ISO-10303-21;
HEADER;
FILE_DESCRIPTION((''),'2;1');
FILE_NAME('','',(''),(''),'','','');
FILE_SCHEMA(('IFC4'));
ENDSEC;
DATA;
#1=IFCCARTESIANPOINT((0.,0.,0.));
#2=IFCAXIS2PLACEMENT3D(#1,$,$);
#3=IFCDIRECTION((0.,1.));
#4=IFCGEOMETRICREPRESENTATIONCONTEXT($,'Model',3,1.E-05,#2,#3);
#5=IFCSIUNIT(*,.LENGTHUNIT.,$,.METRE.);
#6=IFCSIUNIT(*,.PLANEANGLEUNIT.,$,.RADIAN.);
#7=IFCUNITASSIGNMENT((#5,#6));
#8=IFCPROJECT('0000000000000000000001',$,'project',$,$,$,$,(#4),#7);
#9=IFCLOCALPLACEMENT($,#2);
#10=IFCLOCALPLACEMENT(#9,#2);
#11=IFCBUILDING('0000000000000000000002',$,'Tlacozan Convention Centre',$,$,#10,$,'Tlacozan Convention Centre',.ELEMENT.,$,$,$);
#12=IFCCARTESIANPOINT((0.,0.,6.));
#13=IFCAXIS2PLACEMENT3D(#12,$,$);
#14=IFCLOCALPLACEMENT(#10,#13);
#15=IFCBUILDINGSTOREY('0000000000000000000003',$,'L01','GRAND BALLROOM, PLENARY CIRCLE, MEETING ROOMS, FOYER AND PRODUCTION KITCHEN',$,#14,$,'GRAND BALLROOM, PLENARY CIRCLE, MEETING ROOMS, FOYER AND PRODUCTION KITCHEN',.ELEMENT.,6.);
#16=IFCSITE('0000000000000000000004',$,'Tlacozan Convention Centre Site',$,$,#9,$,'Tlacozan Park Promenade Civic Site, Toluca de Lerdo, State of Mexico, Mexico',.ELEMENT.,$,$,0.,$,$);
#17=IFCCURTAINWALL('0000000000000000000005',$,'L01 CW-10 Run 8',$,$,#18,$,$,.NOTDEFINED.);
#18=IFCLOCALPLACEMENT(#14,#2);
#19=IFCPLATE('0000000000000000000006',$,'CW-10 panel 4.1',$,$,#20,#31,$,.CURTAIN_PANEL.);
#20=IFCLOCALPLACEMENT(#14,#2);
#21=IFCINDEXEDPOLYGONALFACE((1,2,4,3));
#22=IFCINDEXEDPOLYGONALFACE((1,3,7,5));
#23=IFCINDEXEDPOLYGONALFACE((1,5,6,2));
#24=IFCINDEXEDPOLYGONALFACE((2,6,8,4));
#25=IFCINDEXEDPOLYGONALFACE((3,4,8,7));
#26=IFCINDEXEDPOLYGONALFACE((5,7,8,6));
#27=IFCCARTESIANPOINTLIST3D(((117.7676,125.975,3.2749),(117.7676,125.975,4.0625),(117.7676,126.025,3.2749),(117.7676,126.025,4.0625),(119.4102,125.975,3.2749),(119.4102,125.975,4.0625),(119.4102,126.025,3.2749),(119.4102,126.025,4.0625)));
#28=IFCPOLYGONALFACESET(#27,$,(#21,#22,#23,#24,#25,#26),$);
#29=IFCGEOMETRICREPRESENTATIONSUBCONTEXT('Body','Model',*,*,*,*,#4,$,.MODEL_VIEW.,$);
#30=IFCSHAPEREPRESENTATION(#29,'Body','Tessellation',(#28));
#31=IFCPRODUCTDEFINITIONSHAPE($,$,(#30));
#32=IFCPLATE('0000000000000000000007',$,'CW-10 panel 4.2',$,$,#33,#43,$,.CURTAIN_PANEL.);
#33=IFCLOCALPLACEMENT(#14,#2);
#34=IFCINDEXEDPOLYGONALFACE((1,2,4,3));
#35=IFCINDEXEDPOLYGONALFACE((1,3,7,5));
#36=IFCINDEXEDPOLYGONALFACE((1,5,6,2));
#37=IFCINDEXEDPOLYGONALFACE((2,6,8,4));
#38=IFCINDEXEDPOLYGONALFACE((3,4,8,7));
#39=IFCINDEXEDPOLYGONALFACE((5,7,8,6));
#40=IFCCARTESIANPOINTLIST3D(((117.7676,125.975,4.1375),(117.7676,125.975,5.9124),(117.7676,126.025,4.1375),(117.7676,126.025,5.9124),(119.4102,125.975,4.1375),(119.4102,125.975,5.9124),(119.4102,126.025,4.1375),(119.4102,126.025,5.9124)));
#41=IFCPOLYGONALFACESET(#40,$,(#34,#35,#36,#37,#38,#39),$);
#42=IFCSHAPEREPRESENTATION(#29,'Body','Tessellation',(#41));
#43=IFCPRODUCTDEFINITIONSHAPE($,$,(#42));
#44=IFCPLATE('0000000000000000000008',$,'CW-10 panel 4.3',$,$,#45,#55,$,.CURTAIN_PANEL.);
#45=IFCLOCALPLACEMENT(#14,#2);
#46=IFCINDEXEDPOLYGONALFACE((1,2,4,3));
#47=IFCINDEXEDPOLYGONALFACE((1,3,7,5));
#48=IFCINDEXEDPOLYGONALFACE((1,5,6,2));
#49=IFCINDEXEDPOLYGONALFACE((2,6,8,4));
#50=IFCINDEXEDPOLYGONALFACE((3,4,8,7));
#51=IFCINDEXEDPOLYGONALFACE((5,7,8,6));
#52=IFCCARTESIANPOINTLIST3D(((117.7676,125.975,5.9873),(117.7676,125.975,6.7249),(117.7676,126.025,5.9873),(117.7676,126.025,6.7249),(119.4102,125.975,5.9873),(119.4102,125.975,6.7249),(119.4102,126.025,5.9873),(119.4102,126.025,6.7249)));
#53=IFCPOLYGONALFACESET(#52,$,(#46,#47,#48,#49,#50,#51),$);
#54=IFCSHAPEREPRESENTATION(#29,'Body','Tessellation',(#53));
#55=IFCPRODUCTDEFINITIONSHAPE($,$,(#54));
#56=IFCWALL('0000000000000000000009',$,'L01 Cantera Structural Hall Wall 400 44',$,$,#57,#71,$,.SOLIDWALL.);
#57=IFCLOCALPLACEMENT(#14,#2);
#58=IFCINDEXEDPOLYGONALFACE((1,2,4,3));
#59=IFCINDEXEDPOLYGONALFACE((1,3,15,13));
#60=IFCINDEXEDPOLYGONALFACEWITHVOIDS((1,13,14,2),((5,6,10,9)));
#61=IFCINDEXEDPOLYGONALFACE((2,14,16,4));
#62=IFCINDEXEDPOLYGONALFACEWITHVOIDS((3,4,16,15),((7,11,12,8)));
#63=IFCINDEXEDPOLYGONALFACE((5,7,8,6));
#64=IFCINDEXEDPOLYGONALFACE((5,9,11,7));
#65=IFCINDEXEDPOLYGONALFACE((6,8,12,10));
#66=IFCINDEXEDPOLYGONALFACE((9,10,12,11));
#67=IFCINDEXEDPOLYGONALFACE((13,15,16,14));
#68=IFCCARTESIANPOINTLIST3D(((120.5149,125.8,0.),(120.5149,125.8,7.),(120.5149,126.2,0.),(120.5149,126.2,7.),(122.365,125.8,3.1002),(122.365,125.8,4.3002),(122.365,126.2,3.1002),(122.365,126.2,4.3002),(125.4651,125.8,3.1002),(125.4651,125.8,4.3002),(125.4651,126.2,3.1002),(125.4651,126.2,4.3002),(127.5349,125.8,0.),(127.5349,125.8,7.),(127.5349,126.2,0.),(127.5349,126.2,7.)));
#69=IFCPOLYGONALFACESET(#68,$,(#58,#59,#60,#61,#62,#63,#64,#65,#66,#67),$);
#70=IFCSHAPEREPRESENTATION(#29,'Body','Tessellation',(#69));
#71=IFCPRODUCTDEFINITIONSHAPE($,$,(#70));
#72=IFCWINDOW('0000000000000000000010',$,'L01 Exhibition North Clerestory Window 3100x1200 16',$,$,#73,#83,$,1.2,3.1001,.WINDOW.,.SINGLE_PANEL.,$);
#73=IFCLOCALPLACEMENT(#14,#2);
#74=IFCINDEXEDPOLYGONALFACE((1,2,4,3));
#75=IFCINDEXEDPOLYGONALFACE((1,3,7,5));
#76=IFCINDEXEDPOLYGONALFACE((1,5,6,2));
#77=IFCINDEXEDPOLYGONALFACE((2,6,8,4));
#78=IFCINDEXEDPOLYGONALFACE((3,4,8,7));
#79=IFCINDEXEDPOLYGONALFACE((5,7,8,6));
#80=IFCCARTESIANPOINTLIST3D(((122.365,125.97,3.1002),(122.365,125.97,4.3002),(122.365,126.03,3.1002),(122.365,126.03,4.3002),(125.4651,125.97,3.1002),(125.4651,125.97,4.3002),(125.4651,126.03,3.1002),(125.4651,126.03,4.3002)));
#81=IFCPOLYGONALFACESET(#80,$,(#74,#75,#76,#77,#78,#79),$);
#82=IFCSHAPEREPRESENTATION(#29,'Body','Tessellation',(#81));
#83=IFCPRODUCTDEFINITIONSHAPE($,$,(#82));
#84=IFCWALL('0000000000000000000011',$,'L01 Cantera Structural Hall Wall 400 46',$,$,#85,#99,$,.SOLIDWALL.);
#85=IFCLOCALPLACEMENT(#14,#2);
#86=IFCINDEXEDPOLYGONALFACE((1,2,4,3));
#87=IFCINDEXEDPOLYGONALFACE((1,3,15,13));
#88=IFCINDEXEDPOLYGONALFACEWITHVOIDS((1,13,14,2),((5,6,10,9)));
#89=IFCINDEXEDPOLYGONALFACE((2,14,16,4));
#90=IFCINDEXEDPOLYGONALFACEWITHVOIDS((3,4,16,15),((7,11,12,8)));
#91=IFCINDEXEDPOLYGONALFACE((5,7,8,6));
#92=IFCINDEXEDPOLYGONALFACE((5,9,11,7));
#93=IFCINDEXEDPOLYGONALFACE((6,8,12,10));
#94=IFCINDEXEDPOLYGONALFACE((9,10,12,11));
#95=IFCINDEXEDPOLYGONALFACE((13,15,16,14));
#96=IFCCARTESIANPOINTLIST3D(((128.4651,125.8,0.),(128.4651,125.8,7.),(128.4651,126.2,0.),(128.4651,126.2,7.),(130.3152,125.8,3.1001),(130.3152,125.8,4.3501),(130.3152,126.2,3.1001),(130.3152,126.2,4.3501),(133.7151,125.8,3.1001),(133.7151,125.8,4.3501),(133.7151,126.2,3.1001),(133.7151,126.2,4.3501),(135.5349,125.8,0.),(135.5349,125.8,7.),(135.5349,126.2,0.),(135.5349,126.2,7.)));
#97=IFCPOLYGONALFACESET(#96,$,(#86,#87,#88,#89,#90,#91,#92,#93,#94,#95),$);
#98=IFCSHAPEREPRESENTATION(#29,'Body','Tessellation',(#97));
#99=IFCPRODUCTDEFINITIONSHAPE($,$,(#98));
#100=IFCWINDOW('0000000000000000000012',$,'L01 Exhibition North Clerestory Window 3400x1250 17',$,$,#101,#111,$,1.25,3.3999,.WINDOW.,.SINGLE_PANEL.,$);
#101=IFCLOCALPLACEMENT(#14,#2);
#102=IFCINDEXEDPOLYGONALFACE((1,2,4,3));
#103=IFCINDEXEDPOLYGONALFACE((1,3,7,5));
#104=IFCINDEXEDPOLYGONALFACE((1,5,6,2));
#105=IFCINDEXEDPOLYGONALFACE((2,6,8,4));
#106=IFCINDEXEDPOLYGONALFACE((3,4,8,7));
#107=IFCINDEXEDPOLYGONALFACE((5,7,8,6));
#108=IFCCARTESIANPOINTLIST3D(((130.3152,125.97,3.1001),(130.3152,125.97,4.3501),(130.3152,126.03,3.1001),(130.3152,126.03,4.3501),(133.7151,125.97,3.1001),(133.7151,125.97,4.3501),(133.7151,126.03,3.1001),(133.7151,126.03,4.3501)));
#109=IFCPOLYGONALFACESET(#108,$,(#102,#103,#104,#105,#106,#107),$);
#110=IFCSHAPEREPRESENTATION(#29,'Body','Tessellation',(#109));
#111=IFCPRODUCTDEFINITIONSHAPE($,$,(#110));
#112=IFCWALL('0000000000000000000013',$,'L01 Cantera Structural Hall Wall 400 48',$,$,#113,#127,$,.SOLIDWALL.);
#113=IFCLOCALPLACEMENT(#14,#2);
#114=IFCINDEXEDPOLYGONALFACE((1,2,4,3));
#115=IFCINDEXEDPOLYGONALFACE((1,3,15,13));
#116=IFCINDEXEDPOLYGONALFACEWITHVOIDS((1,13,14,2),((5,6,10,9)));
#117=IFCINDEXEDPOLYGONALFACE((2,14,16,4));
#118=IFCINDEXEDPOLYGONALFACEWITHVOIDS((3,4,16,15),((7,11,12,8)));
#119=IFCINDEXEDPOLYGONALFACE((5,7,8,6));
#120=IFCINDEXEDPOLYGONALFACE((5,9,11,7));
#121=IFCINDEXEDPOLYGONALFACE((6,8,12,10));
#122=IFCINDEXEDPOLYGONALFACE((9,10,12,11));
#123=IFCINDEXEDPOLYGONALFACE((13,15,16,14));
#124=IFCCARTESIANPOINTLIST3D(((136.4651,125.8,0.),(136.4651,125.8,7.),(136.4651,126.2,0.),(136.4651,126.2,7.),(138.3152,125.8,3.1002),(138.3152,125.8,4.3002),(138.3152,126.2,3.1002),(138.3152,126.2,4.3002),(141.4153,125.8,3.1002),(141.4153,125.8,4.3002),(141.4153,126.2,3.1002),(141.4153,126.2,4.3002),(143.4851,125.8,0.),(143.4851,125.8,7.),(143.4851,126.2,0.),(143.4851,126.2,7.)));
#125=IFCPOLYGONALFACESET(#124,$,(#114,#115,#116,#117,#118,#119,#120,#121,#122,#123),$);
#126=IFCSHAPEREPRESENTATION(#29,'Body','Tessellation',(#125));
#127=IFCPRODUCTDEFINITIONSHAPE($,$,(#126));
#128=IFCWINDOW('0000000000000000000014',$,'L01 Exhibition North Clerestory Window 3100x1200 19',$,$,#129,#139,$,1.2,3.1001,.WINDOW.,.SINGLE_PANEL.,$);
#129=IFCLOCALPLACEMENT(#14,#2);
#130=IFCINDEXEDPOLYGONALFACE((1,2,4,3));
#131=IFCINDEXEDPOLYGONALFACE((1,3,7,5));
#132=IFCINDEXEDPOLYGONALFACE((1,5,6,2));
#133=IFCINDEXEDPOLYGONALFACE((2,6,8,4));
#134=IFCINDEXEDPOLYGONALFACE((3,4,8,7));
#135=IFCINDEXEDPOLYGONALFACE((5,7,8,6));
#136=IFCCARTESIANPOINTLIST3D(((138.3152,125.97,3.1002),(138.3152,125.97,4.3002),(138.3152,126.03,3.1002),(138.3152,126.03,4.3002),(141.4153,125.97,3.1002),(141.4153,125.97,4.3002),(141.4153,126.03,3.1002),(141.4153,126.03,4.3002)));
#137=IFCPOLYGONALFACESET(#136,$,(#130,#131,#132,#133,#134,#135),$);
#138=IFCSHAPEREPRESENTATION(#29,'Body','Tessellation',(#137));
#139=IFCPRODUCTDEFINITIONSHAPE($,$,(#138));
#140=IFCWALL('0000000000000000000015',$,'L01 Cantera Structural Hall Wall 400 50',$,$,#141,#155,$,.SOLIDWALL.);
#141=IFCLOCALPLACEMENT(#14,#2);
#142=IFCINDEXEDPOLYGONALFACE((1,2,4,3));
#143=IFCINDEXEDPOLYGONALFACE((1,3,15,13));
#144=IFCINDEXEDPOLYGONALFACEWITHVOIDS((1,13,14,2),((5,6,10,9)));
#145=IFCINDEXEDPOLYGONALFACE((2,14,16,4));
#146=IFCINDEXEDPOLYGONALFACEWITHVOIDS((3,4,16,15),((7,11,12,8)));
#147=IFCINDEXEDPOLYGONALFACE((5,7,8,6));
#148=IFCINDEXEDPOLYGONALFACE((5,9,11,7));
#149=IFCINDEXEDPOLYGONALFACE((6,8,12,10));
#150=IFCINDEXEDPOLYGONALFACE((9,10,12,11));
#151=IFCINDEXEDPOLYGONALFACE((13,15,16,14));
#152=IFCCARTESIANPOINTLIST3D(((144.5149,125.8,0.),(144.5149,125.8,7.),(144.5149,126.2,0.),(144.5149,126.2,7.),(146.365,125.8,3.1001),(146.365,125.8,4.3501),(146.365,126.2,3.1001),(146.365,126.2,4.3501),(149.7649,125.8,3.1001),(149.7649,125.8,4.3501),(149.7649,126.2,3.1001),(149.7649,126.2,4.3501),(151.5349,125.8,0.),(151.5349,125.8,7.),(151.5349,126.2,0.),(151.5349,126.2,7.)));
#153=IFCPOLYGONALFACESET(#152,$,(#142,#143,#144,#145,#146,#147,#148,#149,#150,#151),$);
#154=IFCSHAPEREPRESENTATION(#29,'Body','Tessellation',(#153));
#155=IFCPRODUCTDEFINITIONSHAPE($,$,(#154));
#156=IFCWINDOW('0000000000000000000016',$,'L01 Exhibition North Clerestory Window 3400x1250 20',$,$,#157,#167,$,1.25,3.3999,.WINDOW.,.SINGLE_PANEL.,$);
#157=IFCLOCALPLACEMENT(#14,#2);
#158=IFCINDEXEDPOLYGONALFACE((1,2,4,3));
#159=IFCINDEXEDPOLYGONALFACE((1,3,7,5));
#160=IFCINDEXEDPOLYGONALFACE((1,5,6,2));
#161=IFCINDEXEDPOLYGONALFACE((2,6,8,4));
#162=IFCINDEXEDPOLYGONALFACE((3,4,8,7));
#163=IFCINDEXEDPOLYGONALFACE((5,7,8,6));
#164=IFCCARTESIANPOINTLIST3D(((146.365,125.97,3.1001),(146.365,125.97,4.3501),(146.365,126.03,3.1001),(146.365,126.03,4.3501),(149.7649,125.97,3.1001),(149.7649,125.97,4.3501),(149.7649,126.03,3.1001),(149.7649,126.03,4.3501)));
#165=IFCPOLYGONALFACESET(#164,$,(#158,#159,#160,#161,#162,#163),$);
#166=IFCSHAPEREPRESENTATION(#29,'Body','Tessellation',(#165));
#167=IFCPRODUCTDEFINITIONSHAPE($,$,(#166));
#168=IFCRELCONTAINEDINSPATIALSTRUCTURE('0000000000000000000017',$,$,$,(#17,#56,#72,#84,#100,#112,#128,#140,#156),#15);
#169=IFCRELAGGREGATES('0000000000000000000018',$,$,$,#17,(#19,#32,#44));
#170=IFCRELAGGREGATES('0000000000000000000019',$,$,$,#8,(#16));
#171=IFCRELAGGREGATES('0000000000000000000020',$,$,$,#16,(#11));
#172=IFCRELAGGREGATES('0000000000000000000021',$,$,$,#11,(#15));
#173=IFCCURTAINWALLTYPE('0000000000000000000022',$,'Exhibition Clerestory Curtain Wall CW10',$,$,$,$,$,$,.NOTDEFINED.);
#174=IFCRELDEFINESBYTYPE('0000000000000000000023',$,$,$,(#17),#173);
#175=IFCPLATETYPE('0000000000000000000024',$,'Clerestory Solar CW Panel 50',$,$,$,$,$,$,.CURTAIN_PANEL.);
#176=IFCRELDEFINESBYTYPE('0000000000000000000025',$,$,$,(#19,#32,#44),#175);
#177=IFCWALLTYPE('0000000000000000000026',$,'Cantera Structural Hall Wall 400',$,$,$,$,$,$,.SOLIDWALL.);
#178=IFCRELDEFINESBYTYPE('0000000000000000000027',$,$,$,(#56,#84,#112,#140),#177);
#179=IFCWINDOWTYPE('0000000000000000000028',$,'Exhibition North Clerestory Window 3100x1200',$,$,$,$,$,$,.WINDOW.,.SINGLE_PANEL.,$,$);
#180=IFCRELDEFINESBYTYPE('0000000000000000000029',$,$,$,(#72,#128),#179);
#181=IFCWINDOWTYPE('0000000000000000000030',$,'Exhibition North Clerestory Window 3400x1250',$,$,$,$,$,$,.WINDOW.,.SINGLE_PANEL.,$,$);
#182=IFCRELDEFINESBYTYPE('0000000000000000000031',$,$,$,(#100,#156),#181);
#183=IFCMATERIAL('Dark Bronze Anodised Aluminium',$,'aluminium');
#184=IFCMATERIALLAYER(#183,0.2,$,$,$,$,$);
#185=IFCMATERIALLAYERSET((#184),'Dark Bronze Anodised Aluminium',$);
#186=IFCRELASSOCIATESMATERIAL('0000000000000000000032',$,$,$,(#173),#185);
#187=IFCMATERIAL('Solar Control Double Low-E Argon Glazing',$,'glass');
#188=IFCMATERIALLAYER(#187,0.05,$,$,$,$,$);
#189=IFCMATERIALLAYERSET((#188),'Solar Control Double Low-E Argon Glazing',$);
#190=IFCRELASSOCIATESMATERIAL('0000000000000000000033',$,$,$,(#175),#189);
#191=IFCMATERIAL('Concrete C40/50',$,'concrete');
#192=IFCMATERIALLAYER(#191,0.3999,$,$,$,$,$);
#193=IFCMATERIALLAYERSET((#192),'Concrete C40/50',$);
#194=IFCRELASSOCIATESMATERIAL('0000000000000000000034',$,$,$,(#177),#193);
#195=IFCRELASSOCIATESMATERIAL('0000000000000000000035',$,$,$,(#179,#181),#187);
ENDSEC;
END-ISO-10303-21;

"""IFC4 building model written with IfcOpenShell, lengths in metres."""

from ifc_helpers import new_model, si_unit, direction, frame, frame_2d, origin, origin_2d, place, context, subcontext, project, spatial, rectangle, extrude, material, layer, layer_set, type_object, element, fill, aggregate, save


model = new_model("IFC4")

# Units and contexts
model_context = context("Model", 3, precision=1e-05, world=origin(), true_north=direction((0.0, 1.0)))
body_context = subcontext(model_context, "Body", "Model", "MODEL_VIEW")
ifc_project = project(units=[si_unit("LENGTHUNIT", "METRE"), si_unit("PLANEANGLEUNIT", "RADIAN")], contexts=[model_context])

# Site, building, storey
site_placement = place(None, origin())
site = spatial("IfcSite", under=ifc_project, at=site_placement, Name="Tlacozan Convention Centre Site", LongName="Tlacozan Park Promenade Civic Site, Toluca de Lerdo, State of Mexico, Mexico", CompositionType="ELEMENT", RefElevation=0.0)
building_placement = place(site_placement, origin())
building = spatial("IfcBuilding", under=site, at=building_placement, Name="Tlacozan Convention Centre", LongName="Tlacozan Convention Centre", CompositionType="ELEMENT")
storey_placement = place(building_placement, frame((0.0, 0.0, 6.0)))
storey = spatial("IfcBuildingStorey", under=building, at=storey_placement, Name="L01", Description="GRAND BALLROOM, PLENARY CIRCLE, MEETING ROOMS, FOYER AND PRODUCTION KITCHEN", LongName="GRAND BALLROOM, PLENARY CIRCLE, MEETING ROOMS, FOYER AND PRODUCTION KITCHEN", CompositionType="ELEMENT", Elevation=6.0)

# Shared definitions
ifc_material_1 = material(Name="Concrete C40/50", Category="concrete")

# Curtain wall, plates
ifc_material_2 = material(Name="Dark Bronze Anodised Aluminium", Category="aluminium")
ifc_layer_1 = layer(ifc_material_2, 0.2)
ifc_layer_set_1 = layer_set([ifc_layer_1], Name="Dark Bronze Anodised Aluminium")
curtain_wall_type = type_object("IfcCurtainWallType", Name="Exhibition Clerestory Curtain Wall CW10", PredefinedType="NOTDEFINED", material=ifc_layer_set_1)
curtain_wall_placement = place(storey_placement, origin())
curtain_wall = element("IfcCurtainWall", 1, at=curtain_wall_placement, inside=storey, type_object=curtain_wall_type, Name="L01 CW-10 Run 8", PredefinedType="NOTDEFINED")
ifc_material_3 = material(Name="Solar Control Double Low-E Argon Glazing", Category="glass")
ifc_layer_2 = layer(ifc_material_3, 0.05)
ifc_layer_set_2 = layer_set([ifc_layer_2], Name="Solar Control Double Low-E Argon Glazing")
plate_type = type_object("IfcPlateType", Name="Clerestory Solar CW Panel 50", PredefinedType="CURTAIN_PANEL", material=ifc_layer_set_2)
plate_1_placement = place(storey_placement, frame((118.5889, 126.0, 3.2749), z_axis=(0.0, 0.0, 1.0), x_axis=(1.0, 0.0, 0.0)))
plate_1 = element("IfcPlate", 2, at=plate_1_placement, type_object=plate_type, Name="CW-10 panel 4.1", PredefinedType="CURTAIN_PANEL", context=body_context, shape_type="SweptSolid", body=[
    extrude(rectangle(XDim=1.6426, YDim=0.05, at=origin_2d()), origin(), (0.0, 0.0, 1.0), 0.7876),
])
plate_2_placement = place(storey_placement, frame((118.5889, 126.0, 4.1375), z_axis=(0.0, 0.0, 1.0), x_axis=(1.0, 0.0, 0.0)))
plate_2 = element("IfcPlate", 3, at=plate_2_placement, type_object=plate_type, Name="CW-10 panel 4.2", PredefinedType="CURTAIN_PANEL", context=body_context, shape_type="SweptSolid", body=[
    extrude(rectangle(XDim=1.6426, YDim=0.05, at=origin_2d()), origin(), (0.0, 0.0, 1.0), 1.7749),
])
plate_3_placement = place(storey_placement, frame((118.5889, 126.0, 5.9873), z_axis=(0.0, 0.0, 1.0), x_axis=(1.0, 0.0, 0.0)))
plate_3 = element("IfcPlate", 4, at=plate_3_placement, type_object=plate_type, Name="CW-10 panel 4.3", PredefinedType="CURTAIN_PANEL", context=body_context, shape_type="SweptSolid", body=[
    extrude(rectangle(XDim=1.6426, YDim=0.05, at=origin_2d()), origin(), (0.0, 0.0, 1.0), 0.7375),
])
aggregate(curtain_wall, [plate_1, plate_2, plate_3])

# Walls, openings, windows
ifc_layer_3 = layer(ifc_material_1, 0.3999)
ifc_layer_set_3 = layer_set([ifc_layer_3], Name="Concrete C40/50")
wall_type = type_object("IfcWallType", Name="Cantera Structural Hall Wall 400", PredefinedType="SOLIDWALL", material=ifc_layer_set_3)
wall_1_placement = place(storey_placement, frame((120.5149, 126.0, 0.0), z_axis=(0.0, 0.0, 1.0), x_axis=(1.0, 0.0, 0.0)))
wall_1 = element("IfcWall", 5, at=wall_1_placement, inside=storey, type_object=wall_type, Name="L01 Cantera Structural Hall Wall 400 44", PredefinedType="SOLIDWALL", context=body_context, shape_type="SweptSolid", body=[
    extrude(rectangle(XDim=7.02, YDim=0.3999, at=frame_2d((3.51, 0.0))), origin(), (0.0, 0.0, 1.0), 7.0),
])
opening_1_placement = place(wall_1_placement, frame((1.8501, 0.0, 3.1001)))
opening_1 = element("IfcOpeningElement", 6, at=opening_1_placement, cuts=wall_1, PredefinedType="OPENING", context=body_context, shape_type="SweptSolid", body=[
    extrude(rectangle(XDim=3.1001, YDim=1.2, at=frame_2d((1.55, 0.6001))), frame((0.0, 0.21, 0.0), z_axis=(0.0, -1.0, 0.0), x_axis=(1.0, 0.0, 0.0)), (0.0, 0.0, 1.0), 0.4199),
])
window_type_1 = type_object("IfcWindowType", Name="Exhibition North Clerestory Window 3100x1200", PartitioningType="SINGLE_PANEL", PredefinedType="WINDOW", material=ifc_material_3)
window_1_placement = place(opening_1_placement, origin())
window_1 = element("IfcWindow", 7, at=window_1_placement, inside=storey, type_object=window_type_1, Name="L01 Exhibition North Clerestory Window 3100x1200 16", OverallHeight=1.2, OverallWidth=3.1001, PartitioningType="SINGLE_PANEL", PredefinedType="WINDOW", context=body_context, shape_type="SweptSolid", body=[
    extrude(rectangle(XDim=3.1001, YDim=1.2, at=frame_2d((1.55, 0.6001))), frame((0.0, 0.03, 0.0), z_axis=(0.0, -1.0, 0.0), x_axis=(1.0, 0.0, 0.0)), (0.0, 0.0, 1.0), 0.0601),
])
fill(opening_1, window_1)
wall_2_placement = place(storey_placement, frame((128.4651, 126.0, 0.0), z_axis=(0.0, 0.0, 1.0), x_axis=(1.0, 0.0, 0.0)))
wall_2 = element("IfcWall", 8, at=wall_2_placement, inside=storey, type_object=wall_type, Name="L01 Cantera Structural Hall Wall 400 46", PredefinedType="SOLIDWALL", context=body_context, shape_type="SweptSolid", body=[
    extrude(rectangle(XDim=7.0698, YDim=0.3999, at=frame_2d((3.5349, 0.0))), origin(), (0.0, 0.0, 1.0), 7.0),
])
opening_2_placement = place(wall_2_placement, frame((1.8501, 0.0, 3.1001)))
opening_2 = element("IfcOpeningElement", 9, at=opening_2_placement, cuts=wall_2, PredefinedType="OPENING", context=body_context, shape_type="SweptSolid", body=[
    extrude(rectangle(XDim=3.3999, YDim=1.25, at=frame_2d((1.7, 0.625))), frame((0.0, 0.21, 0.0), z_axis=(0.0, -1.0, 0.0), x_axis=(1.0, 0.0, 0.0)), (0.0, 0.0, 1.0), 0.4199),
])
window_type_2 = type_object("IfcWindowType", Name="Exhibition North Clerestory Window 3400x1250", PartitioningType="SINGLE_PANEL", PredefinedType="WINDOW", material=ifc_material_3)
window_2_placement = place(opening_2_placement, origin())
window_2 = element("IfcWindow", 10, at=window_2_placement, inside=storey, type_object=window_type_2, Name="L01 Exhibition North Clerestory Window 3400x1250 17", OverallHeight=1.25, OverallWidth=3.3999, PartitioningType="SINGLE_PANEL", PredefinedType="WINDOW", context=body_context, shape_type="SweptSolid", body=[
    extrude(rectangle(XDim=3.3999, YDim=1.25, at=frame_2d((1.7, 0.625))), frame((0.0, 0.03, 0.0), z_axis=(0.0, -1.0, 0.0), x_axis=(1.0, 0.0, 0.0)), (0.0, 0.0, 1.0), 0.0601),
])
fill(opening_2, window_2)
wall_3_placement = place(storey_placement, frame((136.4651, 126.0, 0.0), z_axis=(0.0, 0.0, 1.0), x_axis=(1.0, 0.0, 0.0)))
wall_3 = element("IfcWall", 11, at=wall_3_placement, inside=storey, type_object=wall_type, Name="L01 Cantera Structural Hall Wall 400 48", PredefinedType="SOLIDWALL", context=body_context, shape_type="SweptSolid", body=[
    extrude(rectangle(XDim=7.02, YDim=0.3999, at=frame_2d((3.51, 0.0))), origin(), (0.0, 0.0, 1.0), 7.0),
])
opening_3_placement = place(wall_3_placement, frame((1.8501, 0.0, 3.1001)))
opening_3 = element("IfcOpeningElement", 12, at=opening_3_placement, cuts=wall_3, PredefinedType="OPENING", context=body_context, shape_type="SweptSolid", body=[
    extrude(rectangle(XDim=3.1001, YDim=1.2, at=frame_2d((1.55, 0.6001))), frame((0.0, 0.21, 0.0), z_axis=(0.0, -1.0, 0.0), x_axis=(1.0, 0.0, 0.0)), (0.0, 0.0, 1.0), 0.4199),
])
window_3_placement = place(opening_3_placement, origin())
window_3 = element("IfcWindow", 13, at=window_3_placement, inside=storey, type_object=window_type_1, Name="L01 Exhibition North Clerestory Window 3100x1200 19", OverallHeight=1.2, OverallWidth=3.1001, PartitioningType="SINGLE_PANEL", PredefinedType="WINDOW", context=body_context, shape_type="SweptSolid", body=[
    extrude(rectangle(XDim=3.1001, YDim=1.2, at=frame_2d((1.55, 0.6001))), frame((0.0, 0.03, 0.0), z_axis=(0.0, -1.0, 0.0), x_axis=(1.0, 0.0, 0.0)), (0.0, 0.0, 1.0), 0.0601),
])
fill(opening_3, window_3)
wall_4_placement = place(storey_placement, frame((144.5149, 126.0, 0.0), z_axis=(0.0, 0.0, 1.0), x_axis=(1.0, 0.0, 0.0)))
wall_4 = element("IfcWall", 14, at=wall_4_placement, inside=storey, type_object=wall_type, Name="L01 Cantera Structural Hall Wall 400 50", PredefinedType="SOLIDWALL", context=body_context, shape_type="SweptSolid", body=[
    extrude(rectangle(XDim=7.02, YDim=0.3999, at=frame_2d((3.51, 0.0))), origin(), (0.0, 0.0, 1.0), 7.0),
])
opening_4_placement = place(wall_4_placement, frame((1.8501, 0.0, 3.1001)))
opening_4 = element("IfcOpeningElement", 15, at=opening_4_placement, cuts=wall_4, PredefinedType="OPENING", context=body_context, shape_type="SweptSolid", body=[
    extrude(rectangle(XDim=3.3999, YDim=1.25, at=frame_2d((1.7, 0.625))), frame((0.0, 0.21, 0.0), z_axis=(0.0, -1.0, 0.0), x_axis=(1.0, 0.0, 0.0)), (0.0, 0.0, 1.0), 0.4199),
])
window_4_placement = place(opening_4_placement, origin())
window_4 = element("IfcWindow", 16, at=window_4_placement, inside=storey, type_object=window_type_2, Name="L01 Exhibition North Clerestory Window 3400x1250 20", OverallHeight=1.25, OverallWidth=3.3999, PartitioningType="SINGLE_PANEL", PredefinedType="WINDOW", context=body_context, shape_type="SweptSolid", body=[
    extrude(rectangle(XDim=3.3999, YDim=1.25, at=frame_2d((1.7, 0.625))), frame((0.0, 0.03, 0.0), z_axis=(0.0, -1.0, 0.0), x_axis=(1.0, 0.0, 0.0)), (0.0, 0.0, 1.0), 0.0601),
])
fill(opening_4, window_4)

save(model, "model.ifc")
